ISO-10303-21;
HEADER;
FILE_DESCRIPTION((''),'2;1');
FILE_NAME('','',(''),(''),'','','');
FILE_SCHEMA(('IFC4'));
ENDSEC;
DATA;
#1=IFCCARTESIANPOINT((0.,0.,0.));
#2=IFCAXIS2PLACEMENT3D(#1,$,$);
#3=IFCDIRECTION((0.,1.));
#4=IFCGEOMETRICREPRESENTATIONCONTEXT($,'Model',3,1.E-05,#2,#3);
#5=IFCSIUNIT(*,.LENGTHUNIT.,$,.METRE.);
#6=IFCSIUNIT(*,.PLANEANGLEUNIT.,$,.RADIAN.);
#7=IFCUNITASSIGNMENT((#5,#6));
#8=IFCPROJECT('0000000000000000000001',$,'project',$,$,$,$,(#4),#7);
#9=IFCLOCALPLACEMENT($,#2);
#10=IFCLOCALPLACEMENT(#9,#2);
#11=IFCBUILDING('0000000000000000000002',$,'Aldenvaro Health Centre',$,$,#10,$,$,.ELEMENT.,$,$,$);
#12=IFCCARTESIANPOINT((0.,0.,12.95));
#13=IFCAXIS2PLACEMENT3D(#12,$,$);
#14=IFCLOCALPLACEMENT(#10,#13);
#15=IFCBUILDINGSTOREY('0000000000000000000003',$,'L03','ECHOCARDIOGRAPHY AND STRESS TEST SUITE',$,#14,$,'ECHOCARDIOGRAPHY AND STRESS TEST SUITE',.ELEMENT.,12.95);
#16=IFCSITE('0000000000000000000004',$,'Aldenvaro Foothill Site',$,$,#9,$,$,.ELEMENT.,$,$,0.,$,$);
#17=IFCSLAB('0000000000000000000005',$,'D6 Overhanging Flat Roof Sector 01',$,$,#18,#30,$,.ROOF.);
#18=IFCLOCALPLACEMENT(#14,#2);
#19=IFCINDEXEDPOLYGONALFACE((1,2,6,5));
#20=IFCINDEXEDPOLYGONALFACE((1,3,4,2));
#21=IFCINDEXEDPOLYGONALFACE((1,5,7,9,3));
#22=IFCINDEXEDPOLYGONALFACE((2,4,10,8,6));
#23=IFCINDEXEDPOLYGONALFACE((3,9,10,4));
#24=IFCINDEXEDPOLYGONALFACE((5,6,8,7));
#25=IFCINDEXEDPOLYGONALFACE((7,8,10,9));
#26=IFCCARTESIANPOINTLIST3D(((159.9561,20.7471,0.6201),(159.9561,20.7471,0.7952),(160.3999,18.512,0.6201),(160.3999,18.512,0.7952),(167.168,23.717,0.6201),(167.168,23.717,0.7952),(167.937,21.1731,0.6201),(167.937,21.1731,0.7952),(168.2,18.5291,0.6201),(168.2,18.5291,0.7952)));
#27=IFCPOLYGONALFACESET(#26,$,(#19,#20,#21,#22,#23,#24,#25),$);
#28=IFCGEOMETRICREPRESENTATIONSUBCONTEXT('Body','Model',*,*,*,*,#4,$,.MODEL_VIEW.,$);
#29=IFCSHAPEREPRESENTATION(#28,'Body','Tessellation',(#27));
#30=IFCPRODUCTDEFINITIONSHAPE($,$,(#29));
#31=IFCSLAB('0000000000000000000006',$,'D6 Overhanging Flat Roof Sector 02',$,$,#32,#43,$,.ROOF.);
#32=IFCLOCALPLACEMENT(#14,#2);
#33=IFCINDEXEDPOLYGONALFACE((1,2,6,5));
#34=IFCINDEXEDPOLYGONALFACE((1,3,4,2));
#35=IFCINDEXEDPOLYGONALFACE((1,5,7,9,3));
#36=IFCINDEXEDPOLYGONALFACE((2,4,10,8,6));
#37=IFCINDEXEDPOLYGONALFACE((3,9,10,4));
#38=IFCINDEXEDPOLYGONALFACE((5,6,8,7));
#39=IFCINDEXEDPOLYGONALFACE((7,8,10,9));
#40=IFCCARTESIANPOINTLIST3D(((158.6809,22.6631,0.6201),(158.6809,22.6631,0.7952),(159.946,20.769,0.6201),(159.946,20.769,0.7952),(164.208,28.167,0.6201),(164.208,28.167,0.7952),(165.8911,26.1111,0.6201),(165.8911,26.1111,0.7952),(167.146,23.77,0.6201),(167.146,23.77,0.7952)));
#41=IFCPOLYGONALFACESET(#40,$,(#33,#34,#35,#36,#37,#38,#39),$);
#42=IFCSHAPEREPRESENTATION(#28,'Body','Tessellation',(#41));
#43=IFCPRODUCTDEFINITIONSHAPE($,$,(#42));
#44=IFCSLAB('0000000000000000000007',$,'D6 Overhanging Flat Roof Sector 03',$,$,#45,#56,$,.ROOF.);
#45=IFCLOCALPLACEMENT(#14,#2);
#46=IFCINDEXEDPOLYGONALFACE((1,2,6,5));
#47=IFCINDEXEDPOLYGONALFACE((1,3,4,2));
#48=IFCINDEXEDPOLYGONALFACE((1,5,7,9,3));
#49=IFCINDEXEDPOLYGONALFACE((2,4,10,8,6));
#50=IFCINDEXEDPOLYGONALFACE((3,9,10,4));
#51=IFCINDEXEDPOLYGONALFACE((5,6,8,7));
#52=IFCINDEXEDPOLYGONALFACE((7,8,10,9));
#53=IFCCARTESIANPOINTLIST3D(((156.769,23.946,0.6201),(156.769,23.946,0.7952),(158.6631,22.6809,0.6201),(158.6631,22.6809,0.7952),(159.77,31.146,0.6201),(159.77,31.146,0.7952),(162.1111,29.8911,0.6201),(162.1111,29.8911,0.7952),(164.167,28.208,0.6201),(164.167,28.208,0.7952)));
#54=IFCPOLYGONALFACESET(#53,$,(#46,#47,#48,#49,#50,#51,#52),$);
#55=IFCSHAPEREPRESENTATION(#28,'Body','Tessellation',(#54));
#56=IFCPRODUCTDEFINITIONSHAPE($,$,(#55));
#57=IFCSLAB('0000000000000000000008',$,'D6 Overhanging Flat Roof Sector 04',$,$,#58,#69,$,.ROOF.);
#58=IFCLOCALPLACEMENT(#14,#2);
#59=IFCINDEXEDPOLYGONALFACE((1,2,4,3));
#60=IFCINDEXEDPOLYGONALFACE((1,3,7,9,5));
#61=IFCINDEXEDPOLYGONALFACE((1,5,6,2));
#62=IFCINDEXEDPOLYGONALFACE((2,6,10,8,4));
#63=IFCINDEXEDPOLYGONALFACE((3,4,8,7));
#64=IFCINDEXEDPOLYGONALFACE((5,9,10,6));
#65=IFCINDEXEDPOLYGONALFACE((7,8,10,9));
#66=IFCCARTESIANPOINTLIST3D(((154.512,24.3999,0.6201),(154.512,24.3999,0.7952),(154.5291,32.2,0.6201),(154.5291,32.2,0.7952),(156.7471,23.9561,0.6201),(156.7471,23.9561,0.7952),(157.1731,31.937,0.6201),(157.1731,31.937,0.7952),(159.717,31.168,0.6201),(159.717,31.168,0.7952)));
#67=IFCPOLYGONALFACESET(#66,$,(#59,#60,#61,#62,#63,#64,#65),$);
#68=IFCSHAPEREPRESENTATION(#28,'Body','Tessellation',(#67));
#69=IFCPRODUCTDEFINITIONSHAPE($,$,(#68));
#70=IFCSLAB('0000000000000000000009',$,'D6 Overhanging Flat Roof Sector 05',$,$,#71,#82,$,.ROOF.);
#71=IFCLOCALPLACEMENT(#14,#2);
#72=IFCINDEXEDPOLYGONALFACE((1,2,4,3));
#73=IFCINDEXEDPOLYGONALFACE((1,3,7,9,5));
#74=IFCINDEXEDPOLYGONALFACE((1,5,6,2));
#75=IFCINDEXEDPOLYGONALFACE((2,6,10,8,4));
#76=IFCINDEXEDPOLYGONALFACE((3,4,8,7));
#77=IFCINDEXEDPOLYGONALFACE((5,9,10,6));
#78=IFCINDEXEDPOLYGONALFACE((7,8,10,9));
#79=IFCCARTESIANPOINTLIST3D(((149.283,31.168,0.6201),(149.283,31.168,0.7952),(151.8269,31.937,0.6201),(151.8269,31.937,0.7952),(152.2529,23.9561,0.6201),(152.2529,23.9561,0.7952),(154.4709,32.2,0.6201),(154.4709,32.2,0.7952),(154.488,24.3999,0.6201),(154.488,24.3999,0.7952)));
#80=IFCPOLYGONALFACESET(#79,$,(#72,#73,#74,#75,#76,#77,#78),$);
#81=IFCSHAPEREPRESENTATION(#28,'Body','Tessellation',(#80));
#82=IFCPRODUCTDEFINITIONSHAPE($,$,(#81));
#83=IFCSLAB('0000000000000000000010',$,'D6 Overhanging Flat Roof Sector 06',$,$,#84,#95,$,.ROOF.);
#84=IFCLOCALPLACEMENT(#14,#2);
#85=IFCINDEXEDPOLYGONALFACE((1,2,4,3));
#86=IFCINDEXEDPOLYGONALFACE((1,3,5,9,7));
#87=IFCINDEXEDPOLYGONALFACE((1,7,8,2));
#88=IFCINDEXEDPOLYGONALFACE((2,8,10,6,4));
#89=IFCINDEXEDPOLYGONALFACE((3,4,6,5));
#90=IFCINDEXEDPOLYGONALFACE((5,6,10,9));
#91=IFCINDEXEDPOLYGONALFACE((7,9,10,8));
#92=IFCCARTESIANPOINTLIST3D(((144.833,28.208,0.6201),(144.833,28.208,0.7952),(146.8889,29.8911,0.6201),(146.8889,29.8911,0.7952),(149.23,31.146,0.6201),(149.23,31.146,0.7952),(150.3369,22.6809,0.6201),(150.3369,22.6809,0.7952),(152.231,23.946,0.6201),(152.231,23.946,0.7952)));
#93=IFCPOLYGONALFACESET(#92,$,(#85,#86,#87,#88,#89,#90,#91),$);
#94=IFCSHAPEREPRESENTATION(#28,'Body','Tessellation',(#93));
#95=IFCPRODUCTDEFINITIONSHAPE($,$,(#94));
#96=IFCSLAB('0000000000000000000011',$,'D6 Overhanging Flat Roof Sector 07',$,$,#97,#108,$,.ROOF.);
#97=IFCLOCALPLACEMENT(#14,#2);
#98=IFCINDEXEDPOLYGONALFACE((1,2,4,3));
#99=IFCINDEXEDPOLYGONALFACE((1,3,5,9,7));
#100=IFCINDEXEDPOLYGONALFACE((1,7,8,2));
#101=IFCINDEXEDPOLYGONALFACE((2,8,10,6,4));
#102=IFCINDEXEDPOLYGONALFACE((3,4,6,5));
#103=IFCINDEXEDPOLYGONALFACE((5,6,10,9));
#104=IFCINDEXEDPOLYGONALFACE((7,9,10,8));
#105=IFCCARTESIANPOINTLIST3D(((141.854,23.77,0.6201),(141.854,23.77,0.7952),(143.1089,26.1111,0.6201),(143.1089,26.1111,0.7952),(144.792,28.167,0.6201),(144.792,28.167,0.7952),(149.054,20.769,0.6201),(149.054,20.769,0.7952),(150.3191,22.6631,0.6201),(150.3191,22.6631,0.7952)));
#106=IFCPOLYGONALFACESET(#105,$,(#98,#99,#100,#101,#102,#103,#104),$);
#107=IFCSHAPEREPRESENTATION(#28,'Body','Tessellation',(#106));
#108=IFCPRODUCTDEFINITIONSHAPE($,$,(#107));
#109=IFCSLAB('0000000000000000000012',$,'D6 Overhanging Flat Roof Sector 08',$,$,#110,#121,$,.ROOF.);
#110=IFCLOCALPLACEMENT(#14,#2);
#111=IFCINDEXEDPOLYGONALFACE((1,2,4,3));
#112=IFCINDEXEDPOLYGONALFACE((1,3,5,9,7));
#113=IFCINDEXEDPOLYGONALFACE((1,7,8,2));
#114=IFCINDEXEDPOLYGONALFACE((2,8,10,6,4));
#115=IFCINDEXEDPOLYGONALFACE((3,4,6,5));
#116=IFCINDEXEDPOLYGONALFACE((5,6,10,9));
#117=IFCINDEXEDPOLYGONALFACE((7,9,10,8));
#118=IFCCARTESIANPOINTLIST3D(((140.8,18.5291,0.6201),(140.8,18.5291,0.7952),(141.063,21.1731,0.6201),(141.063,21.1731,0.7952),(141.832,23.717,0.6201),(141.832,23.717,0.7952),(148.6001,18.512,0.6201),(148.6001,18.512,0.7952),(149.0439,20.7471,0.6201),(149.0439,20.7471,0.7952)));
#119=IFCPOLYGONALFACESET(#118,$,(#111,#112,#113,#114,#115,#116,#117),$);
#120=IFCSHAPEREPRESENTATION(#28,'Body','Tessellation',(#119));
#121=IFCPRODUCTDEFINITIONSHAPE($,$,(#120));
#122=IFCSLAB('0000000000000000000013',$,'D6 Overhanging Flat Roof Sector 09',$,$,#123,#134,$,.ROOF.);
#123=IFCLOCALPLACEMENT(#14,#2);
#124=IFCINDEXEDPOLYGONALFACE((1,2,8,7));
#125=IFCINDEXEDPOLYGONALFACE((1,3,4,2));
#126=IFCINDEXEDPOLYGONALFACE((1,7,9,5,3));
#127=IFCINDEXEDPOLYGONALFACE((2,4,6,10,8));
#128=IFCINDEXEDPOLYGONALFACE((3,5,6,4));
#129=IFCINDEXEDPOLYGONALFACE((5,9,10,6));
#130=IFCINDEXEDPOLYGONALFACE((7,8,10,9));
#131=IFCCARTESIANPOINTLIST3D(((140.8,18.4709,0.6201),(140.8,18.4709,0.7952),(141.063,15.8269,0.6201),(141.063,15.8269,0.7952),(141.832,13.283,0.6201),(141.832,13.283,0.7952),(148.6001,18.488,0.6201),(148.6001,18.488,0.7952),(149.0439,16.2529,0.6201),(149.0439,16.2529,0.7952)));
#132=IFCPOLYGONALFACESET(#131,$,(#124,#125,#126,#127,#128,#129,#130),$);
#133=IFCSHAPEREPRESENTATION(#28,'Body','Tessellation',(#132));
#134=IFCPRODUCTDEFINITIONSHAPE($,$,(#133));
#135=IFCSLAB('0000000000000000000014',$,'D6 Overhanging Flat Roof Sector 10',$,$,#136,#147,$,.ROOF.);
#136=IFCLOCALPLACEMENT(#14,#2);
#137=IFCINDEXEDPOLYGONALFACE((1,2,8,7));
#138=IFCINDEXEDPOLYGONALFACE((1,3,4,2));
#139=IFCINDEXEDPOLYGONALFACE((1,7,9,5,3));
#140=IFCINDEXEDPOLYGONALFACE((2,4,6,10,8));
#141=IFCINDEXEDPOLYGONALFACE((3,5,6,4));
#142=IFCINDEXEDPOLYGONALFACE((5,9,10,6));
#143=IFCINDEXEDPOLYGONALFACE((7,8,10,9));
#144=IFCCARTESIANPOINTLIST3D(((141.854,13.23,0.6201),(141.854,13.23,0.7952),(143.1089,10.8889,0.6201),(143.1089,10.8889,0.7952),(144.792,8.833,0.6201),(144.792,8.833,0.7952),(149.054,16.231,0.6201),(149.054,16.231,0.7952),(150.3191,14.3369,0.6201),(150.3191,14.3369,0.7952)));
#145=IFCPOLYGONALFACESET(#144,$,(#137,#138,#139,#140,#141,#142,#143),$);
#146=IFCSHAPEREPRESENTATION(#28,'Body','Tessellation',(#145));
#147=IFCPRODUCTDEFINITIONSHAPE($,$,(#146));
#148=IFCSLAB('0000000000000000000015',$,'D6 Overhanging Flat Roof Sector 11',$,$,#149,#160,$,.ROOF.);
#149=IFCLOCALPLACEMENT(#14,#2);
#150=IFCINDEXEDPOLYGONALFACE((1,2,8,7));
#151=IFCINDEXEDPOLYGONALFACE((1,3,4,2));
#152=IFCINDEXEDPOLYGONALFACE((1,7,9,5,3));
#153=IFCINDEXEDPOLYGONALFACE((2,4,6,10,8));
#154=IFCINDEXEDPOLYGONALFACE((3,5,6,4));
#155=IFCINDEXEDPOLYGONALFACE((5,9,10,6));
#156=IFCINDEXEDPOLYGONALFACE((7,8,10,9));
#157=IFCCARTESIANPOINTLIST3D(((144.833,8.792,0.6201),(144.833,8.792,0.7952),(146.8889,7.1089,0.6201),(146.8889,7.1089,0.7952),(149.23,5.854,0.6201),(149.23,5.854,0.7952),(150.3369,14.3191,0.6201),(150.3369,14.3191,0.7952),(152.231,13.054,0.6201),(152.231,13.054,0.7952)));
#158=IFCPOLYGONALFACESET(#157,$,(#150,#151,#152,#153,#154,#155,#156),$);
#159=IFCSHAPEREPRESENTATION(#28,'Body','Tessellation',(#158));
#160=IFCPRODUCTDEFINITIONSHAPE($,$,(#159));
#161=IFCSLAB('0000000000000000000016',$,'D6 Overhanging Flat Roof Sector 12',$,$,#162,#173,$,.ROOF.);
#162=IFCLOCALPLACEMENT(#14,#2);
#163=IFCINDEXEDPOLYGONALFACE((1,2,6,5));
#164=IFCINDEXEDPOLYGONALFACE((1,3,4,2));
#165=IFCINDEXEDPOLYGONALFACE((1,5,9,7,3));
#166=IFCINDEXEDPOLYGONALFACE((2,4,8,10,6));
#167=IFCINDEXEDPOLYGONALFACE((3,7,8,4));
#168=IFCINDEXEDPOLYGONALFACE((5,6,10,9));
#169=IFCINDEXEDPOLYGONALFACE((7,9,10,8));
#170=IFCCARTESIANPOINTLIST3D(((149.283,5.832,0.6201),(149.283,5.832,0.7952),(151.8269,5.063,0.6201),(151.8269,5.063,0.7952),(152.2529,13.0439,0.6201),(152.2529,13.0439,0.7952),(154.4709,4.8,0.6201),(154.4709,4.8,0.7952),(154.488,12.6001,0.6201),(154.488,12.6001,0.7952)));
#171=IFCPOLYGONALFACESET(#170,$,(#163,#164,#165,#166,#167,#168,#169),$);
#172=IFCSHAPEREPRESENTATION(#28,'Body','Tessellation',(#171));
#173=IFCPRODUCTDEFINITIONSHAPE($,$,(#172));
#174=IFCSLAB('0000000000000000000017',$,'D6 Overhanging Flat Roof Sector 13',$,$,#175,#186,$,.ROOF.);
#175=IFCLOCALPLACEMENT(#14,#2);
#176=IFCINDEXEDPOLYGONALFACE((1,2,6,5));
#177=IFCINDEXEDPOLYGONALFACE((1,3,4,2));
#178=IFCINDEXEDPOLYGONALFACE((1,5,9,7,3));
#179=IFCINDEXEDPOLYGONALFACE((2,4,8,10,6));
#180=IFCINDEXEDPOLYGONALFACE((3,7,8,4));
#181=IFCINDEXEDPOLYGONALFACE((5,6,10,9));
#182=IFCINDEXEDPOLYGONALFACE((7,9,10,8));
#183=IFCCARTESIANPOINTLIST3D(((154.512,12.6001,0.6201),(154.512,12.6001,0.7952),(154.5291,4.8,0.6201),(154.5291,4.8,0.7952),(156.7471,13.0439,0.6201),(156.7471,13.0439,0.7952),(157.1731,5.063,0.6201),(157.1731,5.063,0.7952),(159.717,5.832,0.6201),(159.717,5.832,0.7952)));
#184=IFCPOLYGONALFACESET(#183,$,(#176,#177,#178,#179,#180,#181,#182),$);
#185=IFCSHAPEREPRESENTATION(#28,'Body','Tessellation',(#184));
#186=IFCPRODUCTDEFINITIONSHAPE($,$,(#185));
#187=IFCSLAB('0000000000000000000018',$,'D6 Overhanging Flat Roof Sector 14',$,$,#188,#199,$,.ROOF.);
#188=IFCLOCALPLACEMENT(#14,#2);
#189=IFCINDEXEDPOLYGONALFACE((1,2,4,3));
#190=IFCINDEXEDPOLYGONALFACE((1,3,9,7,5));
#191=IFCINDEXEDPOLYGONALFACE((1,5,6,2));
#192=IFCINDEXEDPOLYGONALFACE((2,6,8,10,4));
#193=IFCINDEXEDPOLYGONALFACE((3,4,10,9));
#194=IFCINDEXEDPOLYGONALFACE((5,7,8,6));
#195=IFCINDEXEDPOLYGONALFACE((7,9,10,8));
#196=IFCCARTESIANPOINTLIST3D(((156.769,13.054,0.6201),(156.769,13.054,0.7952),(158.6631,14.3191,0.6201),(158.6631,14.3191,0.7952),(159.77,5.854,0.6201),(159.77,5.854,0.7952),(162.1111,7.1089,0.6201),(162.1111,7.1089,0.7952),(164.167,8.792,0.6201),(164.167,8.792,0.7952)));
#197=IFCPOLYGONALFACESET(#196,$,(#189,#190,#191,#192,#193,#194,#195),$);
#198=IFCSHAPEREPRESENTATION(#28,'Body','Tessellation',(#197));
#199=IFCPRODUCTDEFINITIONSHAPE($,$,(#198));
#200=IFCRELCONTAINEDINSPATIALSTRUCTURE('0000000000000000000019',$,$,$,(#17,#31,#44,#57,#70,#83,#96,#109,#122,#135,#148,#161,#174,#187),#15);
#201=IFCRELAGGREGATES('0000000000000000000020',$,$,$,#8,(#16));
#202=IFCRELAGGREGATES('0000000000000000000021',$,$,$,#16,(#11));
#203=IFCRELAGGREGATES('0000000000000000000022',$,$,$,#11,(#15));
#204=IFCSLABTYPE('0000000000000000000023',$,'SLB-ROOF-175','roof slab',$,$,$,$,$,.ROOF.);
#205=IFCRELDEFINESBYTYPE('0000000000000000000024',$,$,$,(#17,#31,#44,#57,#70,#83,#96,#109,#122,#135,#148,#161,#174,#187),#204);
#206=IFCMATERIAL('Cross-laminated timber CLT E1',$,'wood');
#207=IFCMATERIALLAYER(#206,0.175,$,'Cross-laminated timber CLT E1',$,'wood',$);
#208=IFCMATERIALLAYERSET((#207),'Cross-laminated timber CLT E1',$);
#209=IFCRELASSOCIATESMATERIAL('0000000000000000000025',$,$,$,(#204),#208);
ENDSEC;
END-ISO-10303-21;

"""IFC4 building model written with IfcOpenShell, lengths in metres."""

from ifc_helpers import new_model, si_unit, direction, frame, origin, place, context, subcontext, project, spatial, polyline, outline, extrude, material, layer, layer_set, type_object, element, save


model = new_model("IFC4")

# Units and contexts
model_context = context("Model", 3, precision=1e-05, world=origin(), true_north=direction((0.0, 1.0)))
body_context = subcontext(model_context, "Body", "Model", "MODEL_VIEW")
ifc_project = project(units=[si_unit("LENGTHUNIT", "METRE"), si_unit("PLANEANGLEUNIT", "RADIAN")], contexts=[model_context])

# Site, building, storey
site_placement = place(None, origin())
site = spatial("IfcSite", under=ifc_project, at=site_placement, Name="Aldenvaro Foothill Site", CompositionType="ELEMENT", RefElevation=0.0)
building_placement = place(site_placement, origin())
building = spatial("IfcBuilding", under=site, at=building_placement, Name="Aldenvaro Health Centre", CompositionType="ELEMENT")
storey_placement = place(building_placement, frame((0.0, 0.0, 12.95)))
storey = spatial("IfcBuildingStorey", under=building, at=storey_placement, Name="L03", Description="ECHOCARDIOGRAPHY AND STRESS TEST SUITE", LongName="ECHOCARDIOGRAPHY AND STRESS TEST SUITE", CompositionType="ELEMENT", Elevation=12.95)

# Slabs
ifc_material_1 = material(Name="Cross-laminated timber CLT E1", Category="wood")
ifc_layer_1 = layer(ifc_material_1, 0.175, Name="Cross-laminated timber CLT E1", Category="wood")
ifc_layer_set_1 = layer_set([ifc_layer_1], Name="Cross-laminated timber CLT E1")
slab_type_1 = type_object("IfcSlabType", Name="SLB-ROOF-175", Description="roof slab", PredefinedType="ROOF", material=ifc_layer_set_1)
slab_1_placement = place(storey_placement, frame((0.0, 0.0, 0.6201)))
element("IfcSlab", 1, at=slab_1_placement, inside=storey, type_object=slab_type_1, Name="D6 Overhanging Flat Roof Sector 01", PredefinedType="ROOF", context=body_context, shape_type="SweptSolid", body=[
    extrude(outline(polyline([(168.2, 18.5291), (167.937, 21.1731), (167.168, 23.717), (159.9561, 20.7471), (160.3999, 18.512), (168.2, 18.5291)])), origin(), (0.0, 0.0, 1.0), 0.175),
])
slab_2_placement = place(storey_placement, frame((0.0, 0.0, 0.6201)))
element("IfcSlab", 2, at=slab_2_placement, inside=storey, type_object=slab_type_1, Name="D6 Overhanging Flat Roof Sector 02", PredefinedType="ROOF", context=body_context, shape_type="SweptSolid", body=[
    extrude(outline(polyline([(167.146, 23.77), (165.8911, 26.1111), (164.208, 28.167), (158.6809, 22.6631), (159.946, 20.769), (167.146, 23.77)])), origin(), (0.0, 0.0, 1.0), 0.175),
])
slab_3_placement = place(storey_placement, frame((0.0, 0.0, 0.6201)))
element("IfcSlab", 3, at=slab_3_placement, inside=storey, type_object=slab_type_1, Name="D6 Overhanging Flat Roof Sector 03", PredefinedType="ROOF", context=body_context, shape_type="SweptSolid", body=[
    extrude(outline(polyline([(164.167, 28.208), (162.1111, 29.8911), (159.77, 31.146), (156.769, 23.946), (158.6631, 22.6809), (164.167, 28.208)])), origin(), (0.0, 0.0, 1.0), 0.175),
])
slab_4_placement = place(storey_placement, frame((0.0, 0.0, 0.6201)))
element("IfcSlab", 4, at=slab_4_placement, inside=storey, type_object=slab_type_1, Name="D6 Overhanging Flat Roof Sector 04", PredefinedType="ROOF", context=body_context, shape_type="SweptSolid", body=[
    extrude(outline(polyline([(159.717, 31.168), (157.1731, 31.937), (154.5291, 32.2), (154.512, 24.3999), (156.7471, 23.9561), (159.717, 31.168)])), origin(), (0.0, 0.0, 1.0), 0.175),
])
slab_5_placement = place(storey_placement, frame((0.0, 0.0, 0.6201)))
element("IfcSlab", 5, at=slab_5_placement, inside=storey, type_object=slab_type_1, Name="D6 Overhanging Flat Roof Sector 05", PredefinedType="ROOF", context=body_context, shape_type="SweptSolid", body=[
    extrude(outline(polyline([(154.4709, 32.2), (151.8269, 31.937), (149.283, 31.168), (152.2529, 23.9561), (154.488, 24.3999), (154.4709, 32.2)])), origin(), (0.0, 0.0, 1.0), 0.175),
])
slab_6_placement = place(storey_placement, frame((0.0, 0.0, 0.6201)))
element("IfcSlab", 6, at=slab_6_placement, inside=storey, type_object=slab_type_1, Name="D6 Overhanging Flat Roof Sector 06", PredefinedType="ROOF", context=body_context, shape_type="SweptSolid", body=[
    extrude(outline(polyline([(149.23, 31.146), (146.8889, 29.8911), (144.833, 28.208), (150.3369, 22.6809), (152.231, 23.946), (149.23, 31.146)])), origin(), (0.0, 0.0, 1.0), 0.175),
])
slab_7_placement = place(storey_placement, frame((0.0, 0.0, 0.6201)))
element("IfcSlab", 7, at=slab_7_placement, inside=storey, type_object=slab_type_1, Name="D6 Overhanging Flat Roof Sector 07", PredefinedType="ROOF", context=body_context, shape_type="SweptSolid", body=[
    extrude(outline(polyline([(144.792, 28.167), (143.1089, 26.1111), (141.854, 23.77), (149.054, 20.769), (150.3191, 22.6631), (144.792, 28.167)])), origin(), (0.0, 0.0, 1.0), 0.175),
])
slab_8_placement = place(storey_placement, frame((0.0, 0.0, 0.6201)))
element("IfcSlab", 8, at=slab_8_placement, inside=storey, type_object=slab_type_1, Name="D6 Overhanging Flat Roof Sector 08", PredefinedType="ROOF", context=body_context, shape_type="SweptSolid", body=[
    extrude(outline(polyline([(141.832, 23.717), (141.063, 21.1731), (140.8, 18.5291), (148.6001, 18.512), (149.0439, 20.7471), (141.832, 23.717)])), origin(), (0.0, 0.0, 1.0), 0.175),
])
slab_9_placement = place(storey_placement, frame((0.0, 0.0, 0.6201)))
element("IfcSlab", 9, at=slab_9_placement, inside=storey, type_object=slab_type_1, Name="D6 Overhanging Flat Roof Sector 09", PredefinedType="ROOF", context=body_context, shape_type="SweptSolid", body=[
    extrude(outline(polyline([(140.8, 18.4709), (141.063, 15.8269), (141.832, 13.283), (149.0439, 16.2529), (148.6001, 18.488), (140.8, 18.4709)])), origin(), (0.0, 0.0, 1.0), 0.175),
])
slab_10_placement = place(storey_placement, frame((0.0, 0.0, 0.6201)))
element("IfcSlab", 10, at=slab_10_placement, inside=storey, type_object=slab_type_1, Name="D6 Overhanging Flat Roof Sector 10", PredefinedType="ROOF", context=body_context, shape_type="SweptSolid", body=[
    extrude(outline(polyline([(141.854, 13.23), (143.1089, 10.8889), (144.792, 8.833), (150.3191, 14.3369), (149.054, 16.231), (141.854, 13.23)])), origin(), (0.0, 0.0, 1.0), 0.175),
])
slab_11_placement = place(storey_placement, frame((0.0, 0.0, 0.6201)))
element("IfcSlab", 11, at=slab_11_placement, inside=storey, type_object=slab_type_1, Name="D6 Overhanging Flat Roof Sector 11", PredefinedType="ROOF", context=body_context, shape_type="SweptSolid", body=[
    extrude(outline(polyline([(144.833, 8.792), (146.8889, 7.1089), (149.23, 5.854), (152.231, 13.054), (150.3369, 14.3191), (144.833, 8.792)])), origin(), (0.0, 0.0, 1.0), 0.175),
])
slab_12_placement = place(storey_placement, frame((0.0, 0.0, 0.6201)))
element("IfcSlab", 12, at=slab_12_placement, inside=storey, type_object=slab_type_1, Name="D6 Overhanging Flat Roof Sector 12", PredefinedType="ROOF", context=body_context, shape_type="SweptSolid", body=[
    extrude(outline(polyline([(149.283, 5.832), (151.8269, 5.063), (154.4709, 4.8), (154.488, 12.6001), (152.2529, 13.0439), (149.283, 5.832)])), origin(), (0.0, 0.0, 1.0), 0.175),
])
slab_13_placement = place(storey_placement, frame((0.0, 0.0, 0.6201)))
element("IfcSlab", 13, at=slab_13_placement, inside=storey, type_object=slab_type_1, Name="D6 Overhanging Flat Roof Sector 13", PredefinedType="ROOF", context=body_context, shape_type="SweptSolid", body=[
    extrude(outline(polyline([(154.5291, 4.8), (157.1731, 5.063), (159.717, 5.832), (156.7471, 13.0439), (154.512, 12.6001), (154.5291, 4.8)])), origin(), (0.0, 0.0, 1.0), 0.175),
])
slab_14_placement = place(storey_placement, frame((0.0, 0.0, 0.6201)))
element("IfcSlab", 14, at=slab_14_placement, inside=storey, type_object=slab_type_1, Name="D6 Overhanging Flat Roof Sector 14", PredefinedType="ROOF", context=body_context, shape_type="SweptSolid", body=[
    extrude(outline(polyline([(159.77, 5.854), (162.1111, 7.1089), (164.167, 8.792), (158.6631, 14.3191), (156.769, 13.054), (159.77, 5.854)])), origin(), (0.0, 0.0, 1.0), 0.175),
])

save(model, "model.ifc")
